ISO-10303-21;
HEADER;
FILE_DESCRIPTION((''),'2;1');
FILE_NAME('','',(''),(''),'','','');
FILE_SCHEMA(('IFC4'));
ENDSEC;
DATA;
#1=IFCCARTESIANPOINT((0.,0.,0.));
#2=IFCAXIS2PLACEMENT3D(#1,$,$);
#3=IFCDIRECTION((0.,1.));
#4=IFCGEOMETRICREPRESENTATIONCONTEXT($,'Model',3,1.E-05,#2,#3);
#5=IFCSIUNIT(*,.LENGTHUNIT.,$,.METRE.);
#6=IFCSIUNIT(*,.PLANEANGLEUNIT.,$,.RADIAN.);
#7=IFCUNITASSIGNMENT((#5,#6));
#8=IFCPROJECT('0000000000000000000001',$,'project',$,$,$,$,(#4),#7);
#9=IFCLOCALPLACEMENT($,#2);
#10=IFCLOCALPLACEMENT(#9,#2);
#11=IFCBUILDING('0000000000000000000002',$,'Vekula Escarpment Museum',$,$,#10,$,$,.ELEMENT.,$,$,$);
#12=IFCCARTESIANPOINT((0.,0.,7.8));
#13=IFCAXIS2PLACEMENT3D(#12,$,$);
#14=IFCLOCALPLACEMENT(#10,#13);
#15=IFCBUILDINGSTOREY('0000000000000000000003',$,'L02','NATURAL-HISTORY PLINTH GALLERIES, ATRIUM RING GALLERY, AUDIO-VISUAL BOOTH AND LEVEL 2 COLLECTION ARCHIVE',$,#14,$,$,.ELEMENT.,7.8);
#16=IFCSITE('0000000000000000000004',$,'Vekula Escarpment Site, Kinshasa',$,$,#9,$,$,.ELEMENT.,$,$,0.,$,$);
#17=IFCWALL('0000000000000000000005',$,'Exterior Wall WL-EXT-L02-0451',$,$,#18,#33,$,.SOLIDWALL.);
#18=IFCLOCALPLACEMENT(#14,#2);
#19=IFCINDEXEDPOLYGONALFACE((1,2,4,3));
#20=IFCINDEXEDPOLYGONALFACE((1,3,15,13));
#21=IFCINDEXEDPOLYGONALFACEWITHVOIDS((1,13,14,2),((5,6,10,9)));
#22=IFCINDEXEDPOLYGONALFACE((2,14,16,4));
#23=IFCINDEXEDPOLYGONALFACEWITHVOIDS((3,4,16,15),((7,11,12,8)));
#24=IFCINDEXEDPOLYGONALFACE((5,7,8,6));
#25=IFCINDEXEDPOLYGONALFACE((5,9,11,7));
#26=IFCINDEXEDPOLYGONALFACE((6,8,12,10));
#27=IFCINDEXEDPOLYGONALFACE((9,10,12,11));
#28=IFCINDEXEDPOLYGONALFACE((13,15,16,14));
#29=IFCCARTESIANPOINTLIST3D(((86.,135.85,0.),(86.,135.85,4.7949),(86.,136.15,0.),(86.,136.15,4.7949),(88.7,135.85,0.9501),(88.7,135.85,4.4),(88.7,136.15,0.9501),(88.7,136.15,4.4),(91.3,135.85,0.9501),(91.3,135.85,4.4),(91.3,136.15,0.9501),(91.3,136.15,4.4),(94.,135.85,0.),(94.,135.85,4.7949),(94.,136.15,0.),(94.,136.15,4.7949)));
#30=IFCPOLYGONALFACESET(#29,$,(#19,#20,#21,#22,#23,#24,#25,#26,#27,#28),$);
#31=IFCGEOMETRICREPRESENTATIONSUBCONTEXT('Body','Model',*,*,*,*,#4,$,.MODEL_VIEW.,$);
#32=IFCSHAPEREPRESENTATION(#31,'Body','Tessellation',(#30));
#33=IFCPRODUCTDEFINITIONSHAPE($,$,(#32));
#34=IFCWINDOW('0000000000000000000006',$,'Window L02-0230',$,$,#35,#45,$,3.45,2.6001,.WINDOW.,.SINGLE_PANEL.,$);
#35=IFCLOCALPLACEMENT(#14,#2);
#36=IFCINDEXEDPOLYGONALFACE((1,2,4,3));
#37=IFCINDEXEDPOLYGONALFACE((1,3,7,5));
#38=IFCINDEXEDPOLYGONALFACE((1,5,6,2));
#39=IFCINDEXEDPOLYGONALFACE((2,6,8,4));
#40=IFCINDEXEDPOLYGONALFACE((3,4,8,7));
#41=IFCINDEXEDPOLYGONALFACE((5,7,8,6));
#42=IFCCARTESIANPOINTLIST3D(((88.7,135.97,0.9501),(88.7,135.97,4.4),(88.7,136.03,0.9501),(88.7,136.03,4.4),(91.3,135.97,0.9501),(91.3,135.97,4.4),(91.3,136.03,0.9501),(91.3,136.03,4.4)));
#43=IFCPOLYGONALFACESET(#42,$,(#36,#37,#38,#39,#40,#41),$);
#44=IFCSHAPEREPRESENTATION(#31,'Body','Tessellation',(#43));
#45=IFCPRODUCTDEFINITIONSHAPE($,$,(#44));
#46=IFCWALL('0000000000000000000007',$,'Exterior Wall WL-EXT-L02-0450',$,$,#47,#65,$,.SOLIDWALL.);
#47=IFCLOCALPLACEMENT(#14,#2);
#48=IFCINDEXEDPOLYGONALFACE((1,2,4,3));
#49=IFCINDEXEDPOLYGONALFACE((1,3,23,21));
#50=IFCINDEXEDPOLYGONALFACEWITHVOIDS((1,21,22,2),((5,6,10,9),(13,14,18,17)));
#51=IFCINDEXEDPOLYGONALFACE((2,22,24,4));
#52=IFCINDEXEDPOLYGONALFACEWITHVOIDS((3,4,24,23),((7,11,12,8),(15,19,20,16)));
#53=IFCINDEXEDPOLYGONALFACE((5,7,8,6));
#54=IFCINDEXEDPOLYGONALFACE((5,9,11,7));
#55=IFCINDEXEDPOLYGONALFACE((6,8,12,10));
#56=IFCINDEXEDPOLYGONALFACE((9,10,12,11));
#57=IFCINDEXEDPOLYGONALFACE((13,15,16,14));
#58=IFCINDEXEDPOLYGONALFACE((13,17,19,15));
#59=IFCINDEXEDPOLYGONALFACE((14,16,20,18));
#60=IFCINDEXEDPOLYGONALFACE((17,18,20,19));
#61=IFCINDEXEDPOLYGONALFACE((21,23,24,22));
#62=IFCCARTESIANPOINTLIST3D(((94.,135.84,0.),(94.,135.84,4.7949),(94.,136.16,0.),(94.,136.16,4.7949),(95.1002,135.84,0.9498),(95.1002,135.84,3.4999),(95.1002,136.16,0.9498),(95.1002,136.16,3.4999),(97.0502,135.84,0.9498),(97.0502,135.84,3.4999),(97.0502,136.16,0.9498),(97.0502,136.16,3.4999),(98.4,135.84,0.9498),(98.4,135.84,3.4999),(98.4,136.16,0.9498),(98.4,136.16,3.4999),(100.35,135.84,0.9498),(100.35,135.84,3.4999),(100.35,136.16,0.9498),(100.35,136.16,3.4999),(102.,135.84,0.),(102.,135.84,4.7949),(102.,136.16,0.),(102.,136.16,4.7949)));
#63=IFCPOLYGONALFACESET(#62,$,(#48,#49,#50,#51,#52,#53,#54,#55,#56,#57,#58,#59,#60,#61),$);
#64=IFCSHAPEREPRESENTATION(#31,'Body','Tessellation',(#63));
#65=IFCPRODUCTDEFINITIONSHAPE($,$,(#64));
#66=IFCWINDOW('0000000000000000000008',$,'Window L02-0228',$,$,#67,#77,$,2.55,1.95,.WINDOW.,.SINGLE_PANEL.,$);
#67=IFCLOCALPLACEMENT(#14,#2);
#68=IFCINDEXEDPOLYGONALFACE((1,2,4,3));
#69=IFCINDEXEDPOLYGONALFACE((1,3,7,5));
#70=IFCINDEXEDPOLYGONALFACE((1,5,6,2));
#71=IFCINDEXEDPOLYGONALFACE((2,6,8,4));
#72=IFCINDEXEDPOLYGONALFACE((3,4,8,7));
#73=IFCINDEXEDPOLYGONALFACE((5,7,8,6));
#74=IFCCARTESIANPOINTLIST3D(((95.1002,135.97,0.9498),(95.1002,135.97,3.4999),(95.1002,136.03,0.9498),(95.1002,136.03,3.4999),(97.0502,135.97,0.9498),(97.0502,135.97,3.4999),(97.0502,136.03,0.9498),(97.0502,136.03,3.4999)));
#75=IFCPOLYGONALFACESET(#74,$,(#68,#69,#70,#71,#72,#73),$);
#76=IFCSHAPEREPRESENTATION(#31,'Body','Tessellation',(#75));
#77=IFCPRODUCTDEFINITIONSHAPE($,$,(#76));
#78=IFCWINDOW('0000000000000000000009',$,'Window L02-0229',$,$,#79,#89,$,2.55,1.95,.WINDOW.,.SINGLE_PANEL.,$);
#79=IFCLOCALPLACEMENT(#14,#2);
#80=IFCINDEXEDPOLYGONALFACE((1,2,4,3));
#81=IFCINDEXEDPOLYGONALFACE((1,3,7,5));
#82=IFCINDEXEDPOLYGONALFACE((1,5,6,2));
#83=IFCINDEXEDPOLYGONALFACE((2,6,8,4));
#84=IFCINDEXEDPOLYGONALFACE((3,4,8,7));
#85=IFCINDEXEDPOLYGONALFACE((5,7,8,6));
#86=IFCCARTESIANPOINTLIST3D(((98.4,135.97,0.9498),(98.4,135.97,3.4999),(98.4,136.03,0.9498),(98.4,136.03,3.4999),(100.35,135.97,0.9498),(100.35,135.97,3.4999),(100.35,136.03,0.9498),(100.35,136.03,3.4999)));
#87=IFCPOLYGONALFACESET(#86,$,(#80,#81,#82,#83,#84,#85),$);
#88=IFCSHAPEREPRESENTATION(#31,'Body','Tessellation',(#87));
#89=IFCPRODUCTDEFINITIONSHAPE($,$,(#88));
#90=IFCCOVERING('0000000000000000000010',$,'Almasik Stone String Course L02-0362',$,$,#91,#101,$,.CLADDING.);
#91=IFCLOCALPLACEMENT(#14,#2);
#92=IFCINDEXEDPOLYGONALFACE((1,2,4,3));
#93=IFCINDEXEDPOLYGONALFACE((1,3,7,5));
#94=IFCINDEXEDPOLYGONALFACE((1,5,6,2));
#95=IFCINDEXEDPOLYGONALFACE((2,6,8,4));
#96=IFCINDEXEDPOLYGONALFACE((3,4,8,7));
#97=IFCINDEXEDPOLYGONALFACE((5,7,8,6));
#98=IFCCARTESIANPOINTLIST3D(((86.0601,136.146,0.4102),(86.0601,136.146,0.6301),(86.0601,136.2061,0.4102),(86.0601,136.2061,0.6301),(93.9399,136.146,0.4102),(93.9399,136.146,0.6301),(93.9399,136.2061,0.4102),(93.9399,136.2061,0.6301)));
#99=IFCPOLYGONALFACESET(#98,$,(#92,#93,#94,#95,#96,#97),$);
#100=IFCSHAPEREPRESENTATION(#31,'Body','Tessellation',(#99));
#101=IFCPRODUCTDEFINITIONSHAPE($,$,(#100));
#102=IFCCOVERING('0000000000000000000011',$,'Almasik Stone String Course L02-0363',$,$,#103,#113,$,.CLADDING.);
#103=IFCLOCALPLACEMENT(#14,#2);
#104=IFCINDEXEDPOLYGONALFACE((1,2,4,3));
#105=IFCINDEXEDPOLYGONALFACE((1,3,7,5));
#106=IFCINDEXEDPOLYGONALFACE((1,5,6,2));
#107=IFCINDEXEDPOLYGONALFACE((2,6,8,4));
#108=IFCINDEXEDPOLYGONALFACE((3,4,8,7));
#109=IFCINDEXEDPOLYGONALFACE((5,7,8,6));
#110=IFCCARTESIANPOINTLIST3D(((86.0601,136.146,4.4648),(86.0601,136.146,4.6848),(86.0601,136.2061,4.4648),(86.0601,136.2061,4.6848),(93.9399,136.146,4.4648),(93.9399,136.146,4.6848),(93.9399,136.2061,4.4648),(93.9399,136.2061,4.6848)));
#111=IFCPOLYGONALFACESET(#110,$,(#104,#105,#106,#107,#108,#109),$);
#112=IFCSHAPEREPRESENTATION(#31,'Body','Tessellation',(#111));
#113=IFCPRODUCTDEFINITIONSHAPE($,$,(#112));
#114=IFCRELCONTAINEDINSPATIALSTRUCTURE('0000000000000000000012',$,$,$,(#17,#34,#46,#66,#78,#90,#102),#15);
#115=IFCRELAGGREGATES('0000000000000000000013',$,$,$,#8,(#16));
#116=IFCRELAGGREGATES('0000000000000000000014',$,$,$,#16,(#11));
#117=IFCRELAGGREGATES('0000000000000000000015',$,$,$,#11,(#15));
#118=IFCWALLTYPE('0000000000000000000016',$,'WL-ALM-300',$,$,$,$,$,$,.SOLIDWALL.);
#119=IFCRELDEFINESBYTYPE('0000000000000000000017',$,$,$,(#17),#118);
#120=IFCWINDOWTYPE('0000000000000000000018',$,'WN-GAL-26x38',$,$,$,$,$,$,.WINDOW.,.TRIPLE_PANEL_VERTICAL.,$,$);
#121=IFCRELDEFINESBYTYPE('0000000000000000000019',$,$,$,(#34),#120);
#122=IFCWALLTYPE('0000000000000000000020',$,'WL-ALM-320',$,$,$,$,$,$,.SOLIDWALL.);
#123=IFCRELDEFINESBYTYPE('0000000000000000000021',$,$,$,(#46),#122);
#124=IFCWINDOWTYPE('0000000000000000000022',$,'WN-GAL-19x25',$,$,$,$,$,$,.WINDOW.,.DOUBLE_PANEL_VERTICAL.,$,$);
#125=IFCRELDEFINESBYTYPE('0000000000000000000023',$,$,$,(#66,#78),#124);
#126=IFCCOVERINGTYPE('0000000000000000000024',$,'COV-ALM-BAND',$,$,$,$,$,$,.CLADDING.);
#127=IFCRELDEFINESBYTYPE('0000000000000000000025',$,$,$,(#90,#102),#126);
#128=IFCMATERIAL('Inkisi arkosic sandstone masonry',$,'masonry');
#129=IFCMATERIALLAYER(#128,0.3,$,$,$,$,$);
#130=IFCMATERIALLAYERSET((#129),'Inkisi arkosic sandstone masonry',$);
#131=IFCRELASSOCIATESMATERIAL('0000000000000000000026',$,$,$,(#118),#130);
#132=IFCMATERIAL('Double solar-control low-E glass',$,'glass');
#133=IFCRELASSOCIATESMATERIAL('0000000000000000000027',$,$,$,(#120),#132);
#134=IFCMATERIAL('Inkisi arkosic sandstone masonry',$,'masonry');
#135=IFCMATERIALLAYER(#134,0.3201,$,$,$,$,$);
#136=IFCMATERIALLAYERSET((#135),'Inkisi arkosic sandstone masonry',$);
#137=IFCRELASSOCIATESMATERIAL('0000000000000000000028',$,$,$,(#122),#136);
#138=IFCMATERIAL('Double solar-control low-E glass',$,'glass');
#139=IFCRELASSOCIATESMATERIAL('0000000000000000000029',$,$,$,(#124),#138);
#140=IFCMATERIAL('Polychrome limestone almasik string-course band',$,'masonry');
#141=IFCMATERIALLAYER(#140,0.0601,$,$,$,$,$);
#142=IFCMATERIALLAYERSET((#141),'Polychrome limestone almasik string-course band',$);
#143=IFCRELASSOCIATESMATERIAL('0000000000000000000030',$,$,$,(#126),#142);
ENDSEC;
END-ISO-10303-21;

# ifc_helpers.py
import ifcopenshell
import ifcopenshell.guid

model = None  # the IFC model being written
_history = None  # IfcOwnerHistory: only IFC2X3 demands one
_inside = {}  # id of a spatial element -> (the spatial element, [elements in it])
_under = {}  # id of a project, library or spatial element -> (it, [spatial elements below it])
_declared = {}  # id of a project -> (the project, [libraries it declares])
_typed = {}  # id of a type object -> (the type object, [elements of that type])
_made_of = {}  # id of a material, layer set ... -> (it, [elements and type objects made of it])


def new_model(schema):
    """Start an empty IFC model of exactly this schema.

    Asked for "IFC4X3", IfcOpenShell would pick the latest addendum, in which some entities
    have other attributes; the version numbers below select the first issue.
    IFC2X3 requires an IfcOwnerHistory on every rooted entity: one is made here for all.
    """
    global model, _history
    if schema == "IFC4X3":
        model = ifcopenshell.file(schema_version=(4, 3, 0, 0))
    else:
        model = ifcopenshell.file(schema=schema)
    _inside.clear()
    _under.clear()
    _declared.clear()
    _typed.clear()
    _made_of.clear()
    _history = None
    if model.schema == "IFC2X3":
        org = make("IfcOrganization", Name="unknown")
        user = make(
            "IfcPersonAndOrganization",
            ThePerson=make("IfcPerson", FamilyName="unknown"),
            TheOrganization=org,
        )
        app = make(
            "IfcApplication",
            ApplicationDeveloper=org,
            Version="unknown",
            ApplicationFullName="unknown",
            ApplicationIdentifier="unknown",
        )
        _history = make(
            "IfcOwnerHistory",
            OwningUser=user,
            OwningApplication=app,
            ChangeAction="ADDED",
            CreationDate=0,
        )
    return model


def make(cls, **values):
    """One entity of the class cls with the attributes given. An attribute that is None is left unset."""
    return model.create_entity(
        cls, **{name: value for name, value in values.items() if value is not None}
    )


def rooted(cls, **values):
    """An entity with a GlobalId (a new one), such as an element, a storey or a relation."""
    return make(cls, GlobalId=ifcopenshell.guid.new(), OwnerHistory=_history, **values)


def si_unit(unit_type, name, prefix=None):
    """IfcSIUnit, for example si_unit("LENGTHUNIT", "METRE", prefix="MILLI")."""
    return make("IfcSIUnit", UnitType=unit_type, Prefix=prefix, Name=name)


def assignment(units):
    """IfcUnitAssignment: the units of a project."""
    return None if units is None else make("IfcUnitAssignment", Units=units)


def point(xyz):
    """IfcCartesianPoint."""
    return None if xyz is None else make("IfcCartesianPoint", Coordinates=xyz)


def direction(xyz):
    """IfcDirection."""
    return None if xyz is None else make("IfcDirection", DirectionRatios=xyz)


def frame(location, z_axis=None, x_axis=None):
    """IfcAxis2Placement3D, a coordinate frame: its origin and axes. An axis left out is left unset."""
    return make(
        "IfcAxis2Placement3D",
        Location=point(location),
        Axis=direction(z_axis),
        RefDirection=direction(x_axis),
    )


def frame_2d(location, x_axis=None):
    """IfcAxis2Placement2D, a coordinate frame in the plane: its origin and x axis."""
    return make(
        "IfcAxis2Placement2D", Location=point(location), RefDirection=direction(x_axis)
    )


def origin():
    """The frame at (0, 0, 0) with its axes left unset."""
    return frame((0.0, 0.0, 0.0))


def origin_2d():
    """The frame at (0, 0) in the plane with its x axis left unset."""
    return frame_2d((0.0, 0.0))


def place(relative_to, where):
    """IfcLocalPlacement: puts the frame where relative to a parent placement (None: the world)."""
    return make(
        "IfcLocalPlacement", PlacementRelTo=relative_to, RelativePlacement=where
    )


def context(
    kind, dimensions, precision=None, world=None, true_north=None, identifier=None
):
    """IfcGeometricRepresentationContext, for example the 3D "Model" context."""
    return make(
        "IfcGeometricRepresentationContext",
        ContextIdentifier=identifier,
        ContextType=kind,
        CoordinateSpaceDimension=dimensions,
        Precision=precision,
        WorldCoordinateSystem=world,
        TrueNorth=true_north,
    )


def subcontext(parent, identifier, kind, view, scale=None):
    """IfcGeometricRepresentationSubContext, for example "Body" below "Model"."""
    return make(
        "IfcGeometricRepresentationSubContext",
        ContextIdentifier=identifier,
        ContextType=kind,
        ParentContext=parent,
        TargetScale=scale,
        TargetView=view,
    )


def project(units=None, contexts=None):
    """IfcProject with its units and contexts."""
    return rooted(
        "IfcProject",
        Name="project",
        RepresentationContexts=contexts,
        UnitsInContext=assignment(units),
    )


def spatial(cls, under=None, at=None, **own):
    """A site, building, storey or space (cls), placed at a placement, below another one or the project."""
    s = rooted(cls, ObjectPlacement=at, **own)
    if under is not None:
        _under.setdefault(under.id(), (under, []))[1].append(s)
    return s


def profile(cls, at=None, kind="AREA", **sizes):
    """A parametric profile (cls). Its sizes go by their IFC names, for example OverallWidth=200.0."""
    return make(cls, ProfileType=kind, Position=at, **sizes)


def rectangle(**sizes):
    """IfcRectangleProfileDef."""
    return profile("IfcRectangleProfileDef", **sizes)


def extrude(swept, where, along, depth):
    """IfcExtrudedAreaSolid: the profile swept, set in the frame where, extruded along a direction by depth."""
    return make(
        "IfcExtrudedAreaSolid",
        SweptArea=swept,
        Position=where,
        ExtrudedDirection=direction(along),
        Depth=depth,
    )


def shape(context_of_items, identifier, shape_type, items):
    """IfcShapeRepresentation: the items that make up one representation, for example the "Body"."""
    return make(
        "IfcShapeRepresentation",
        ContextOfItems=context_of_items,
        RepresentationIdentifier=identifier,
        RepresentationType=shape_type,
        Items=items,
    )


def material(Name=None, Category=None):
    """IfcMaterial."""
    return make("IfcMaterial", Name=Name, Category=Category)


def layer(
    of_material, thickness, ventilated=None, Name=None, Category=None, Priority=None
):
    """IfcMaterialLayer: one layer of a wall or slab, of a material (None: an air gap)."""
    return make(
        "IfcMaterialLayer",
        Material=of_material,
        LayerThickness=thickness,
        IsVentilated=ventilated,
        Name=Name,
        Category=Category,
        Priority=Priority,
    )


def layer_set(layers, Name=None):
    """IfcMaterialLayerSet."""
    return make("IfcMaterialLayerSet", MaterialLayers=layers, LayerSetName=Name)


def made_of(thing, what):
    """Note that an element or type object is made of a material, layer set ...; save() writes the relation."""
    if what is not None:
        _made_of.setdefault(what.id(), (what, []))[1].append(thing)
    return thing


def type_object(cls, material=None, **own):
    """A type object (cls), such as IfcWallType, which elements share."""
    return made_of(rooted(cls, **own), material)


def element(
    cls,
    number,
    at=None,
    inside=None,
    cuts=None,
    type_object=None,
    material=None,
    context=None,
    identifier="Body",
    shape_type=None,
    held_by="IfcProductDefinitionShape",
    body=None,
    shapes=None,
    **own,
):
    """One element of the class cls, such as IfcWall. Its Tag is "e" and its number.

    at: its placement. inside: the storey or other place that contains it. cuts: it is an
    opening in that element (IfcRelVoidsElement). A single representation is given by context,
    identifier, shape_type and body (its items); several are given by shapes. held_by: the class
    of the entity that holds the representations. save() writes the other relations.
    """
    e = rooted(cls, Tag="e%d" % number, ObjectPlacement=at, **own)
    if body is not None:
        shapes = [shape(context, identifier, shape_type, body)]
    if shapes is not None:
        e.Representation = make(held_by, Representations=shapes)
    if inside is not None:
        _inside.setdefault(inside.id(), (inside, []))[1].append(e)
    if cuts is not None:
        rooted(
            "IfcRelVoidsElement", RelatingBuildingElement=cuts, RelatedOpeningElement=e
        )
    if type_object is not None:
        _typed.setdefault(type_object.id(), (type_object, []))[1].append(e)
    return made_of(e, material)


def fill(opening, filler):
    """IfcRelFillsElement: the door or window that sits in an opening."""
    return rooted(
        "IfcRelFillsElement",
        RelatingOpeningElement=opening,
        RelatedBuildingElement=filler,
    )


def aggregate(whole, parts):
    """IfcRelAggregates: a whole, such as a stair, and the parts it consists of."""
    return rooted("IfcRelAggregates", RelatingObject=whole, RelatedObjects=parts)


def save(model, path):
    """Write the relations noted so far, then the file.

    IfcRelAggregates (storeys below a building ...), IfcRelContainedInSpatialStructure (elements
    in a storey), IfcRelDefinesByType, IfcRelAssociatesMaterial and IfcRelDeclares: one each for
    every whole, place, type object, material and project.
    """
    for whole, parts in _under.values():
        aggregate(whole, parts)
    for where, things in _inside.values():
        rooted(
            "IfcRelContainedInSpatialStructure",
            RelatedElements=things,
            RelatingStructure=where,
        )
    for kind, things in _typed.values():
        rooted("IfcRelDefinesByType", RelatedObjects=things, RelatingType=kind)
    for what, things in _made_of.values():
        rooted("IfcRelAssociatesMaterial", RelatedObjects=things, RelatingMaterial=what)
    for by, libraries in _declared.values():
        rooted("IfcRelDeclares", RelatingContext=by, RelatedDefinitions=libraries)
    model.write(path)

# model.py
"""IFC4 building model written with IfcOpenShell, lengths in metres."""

from ifc_helpers import new_model, si_unit, direction, frame, frame_2d, origin, origin_2d, place, context, subcontext, project, spatial, rectangle, extrude, material, layer, layer_set, type_object, element, fill, save


model = new_model("IFC4")

# Units and contexts
model_context = context("Model", 3, precision=1e-05, world=origin(), true_north=direction((0.0, 1.0)))
body_context = subcontext(model_context, "Body", "Model", "MODEL_VIEW")
ifc_project = project(units=[si_unit("LENGTHUNIT", "METRE"), si_unit("PLANEANGLEUNIT", "RADIAN")], contexts=[model_context])

# Site, building, storey
site_placement = place(None, origin())
site = spatial("IfcSite", under=ifc_project, at=site_placement, Name="Vekula Escarpment Site, Kinshasa", CompositionType="ELEMENT", RefElevation=0.0)
building_placement = place(site_placement, origin())
building = spatial("IfcBuilding", under=site, at=building_placement, Name="Vekula Escarpment Museum", CompositionType="ELEMENT")
storey_placement = place(building_placement, frame((0.0, 0.0, 7.8)))
storey = spatial("IfcBuildingStorey", under=building, at=storey_placement, Name="L02", Description="NATURAL-HISTORY PLINTH GALLERIES, ATRIUM RING GALLERY, AUDIO-VISUAL BOOTH AND LEVEL 2 COLLECTION ARCHIVE", CompositionType="ELEMENT", Elevation=7.8)

# Wall, opening, window
ifc_material_1 = material(Name="Inkisi arkosic sandstone masonry", Category="masonry")
ifc_layer_1 = layer(ifc_material_1, 0.3)
ifc_layer_set_1 = layer_set([ifc_layer_1], Name="Inkisi arkosic sandstone masonry")
wall_type_1 = type_object("IfcWallType", Name="WL-ALM-300", PredefinedType="SOLIDWALL", material=ifc_layer_set_1)
wall_1_placement = place(storey_placement, frame((86.0, 136.0, 0.0), z_axis=(0.0, 0.0, 1.0), x_axis=(1.0, 0.0, 0.0)))
wall_1 = element("IfcWall", 1, at=wall_1_placement, inside=storey, type_object=wall_type_1, Name="Exterior Wall WL-EXT-L02-0451", PredefinedType="SOLIDWALL", context=body_context, shape_type="SweptSolid", body=[
    extrude(rectangle(XDim=8.0, YDim=0.3, at=frame_2d((4.0, 0.0))), origin(), (0.0, 0.0, 1.0), 4.7949),
])
opening_1_placement = place(wall_1_placement, frame((2.7, 0.0, 0.95)))
opening_1 = element("IfcOpeningElement", 2, at=opening_1_placement, cuts=wall_1, PredefinedType="OPENING", context=body_context, shape_type="SweptSolid", body=[
    extrude(rectangle(XDim=2.6001, YDim=3.45, at=frame_2d((1.3, 1.7251))), frame((0.0, 0.1599, 0.0), z_axis=(0.0, -1.0, 0.0), x_axis=(1.0, 0.0, 0.0)), (0.0, 0.0, 1.0), 0.3201),
])
ifc_material_2 = material(Name="Double solar-control low-E glass", Category="glass")
window_type_1 = type_object("IfcWindowType", Name="WN-GAL-26x38", PartitioningType="TRIPLE_PANEL_VERTICAL", PredefinedType="WINDOW", material=ifc_material_2)
window_1_placement = place(opening_1_placement, origin())
window_1 = element("IfcWindow", 3, at=window_1_placement, inside=storey, type_object=window_type_1, Name="Window L02-0230", OverallHeight=3.45, OverallWidth=2.6001, PartitioningType="SINGLE_PANEL", PredefinedType="WINDOW", context=body_context, shape_type="SweptSolid", body=[
    extrude(rectangle(XDim=2.6001, YDim=3.45, at=frame_2d((1.3, 1.7251))), frame((0.0, 0.03, 0.0), z_axis=(0.0, -1.0, 0.0), x_axis=(1.0, 0.0, 0.0)), (0.0, 0.0, 1.0), 0.0601),
])
fill(opening_1, window_1)

# Wall, openings, windows
ifc_material_3 = material(Name="Inkisi arkosic sandstone masonry", Category="masonry")
ifc_layer_2 = layer(ifc_material_3, 0.3201)
ifc_layer_set_2 = layer_set([ifc_layer_2], Name="Inkisi arkosic sandstone masonry")
wall_type_2 = type_object("IfcWallType", Name="WL-ALM-320", PredefinedType="SOLIDWALL", material=ifc_layer_set_2)
wall_2_placement = place(storey_placement, frame((94.0, 136.0, 0.0), z_axis=(0.0, 0.0, 1.0), x_axis=(1.0, 0.0, 0.0)))
wall_2 = element("IfcWall", 4, at=wall_2_placement, inside=storey, type_object=wall_type_2, Name="Exterior Wall WL-EXT-L02-0450", PredefinedType="SOLIDWALL", context=body_context, shape_type="SweptSolid", body=[
    extrude(rectangle(XDim=8.0, YDim=0.3201, at=frame_2d((4.0, 0.0))), origin(), (0.0, 0.0, 1.0), 4.7949),
])
opening_2_placement = place(wall_2_placement, frame((1.1001, 0.0, 0.95)))
opening_2 = element("IfcOpeningElement", 5, at=opening_2_placement, cuts=wall_2, PredefinedType="OPENING", context=body_context, shape_type="SweptSolid", body=[
    extrude(rectangle(XDim=1.95, YDim=2.55, at=frame_2d((0.9751, 1.2749))), frame((0.0, 0.1699, 0.0), z_axis=(0.0, -1.0, 0.0), x_axis=(1.0, 0.0, 0.0)), (0.0, 0.0, 1.0), 0.3401),
])
opening_3_placement = place(wall_2_placement, frame((4.3999, 0.0, 0.95)))
opening_3 = element("IfcOpeningElement", 6, at=opening_3_placement, cuts=wall_2, PredefinedType="OPENING", context=body_context, shape_type="SweptSolid", body=[
    extrude(rectangle(XDim=1.95, YDim=2.55, at=frame_2d((0.9751, 1.2749))), frame((0.0, 0.1699, 0.0), z_axis=(0.0, -1.0, 0.0), x_axis=(1.0, 0.0, 0.0)), (0.0, 0.0, 1.0), 0.3401),
])
ifc_material_4 = material(Name="Double solar-control low-E glass", Category="glass")
window_type_2 = type_object("IfcWindowType", Name="WN-GAL-19x25", PartitioningType="DOUBLE_PANEL_VERTICAL", PredefinedType="WINDOW", material=ifc_material_4)
window_2_placement = place(opening_2_placement, origin())
window_2 = element("IfcWindow", 7, at=window_2_placement, inside=storey, type_object=window_type_2, Name="Window L02-0228", OverallHeight=2.55, OverallWidth=1.95, PartitioningType="SINGLE_PANEL", PredefinedType="WINDOW", context=body_context, shape_type="SweptSolid", body=[
    extrude(rectangle(XDim=1.95, YDim=2.55, at=frame_2d((0.9751, 1.2749))), frame((0.0, 0.03, 0.0), z_axis=(0.0, -1.0, 0.0), x_axis=(1.0, 0.0, 0.0)), (0.0, 0.0, 1.0), 0.0601),
])
fill(opening_2, window_2)
window_3_placement = place(opening_3_placement, origin())
window_3 = element("IfcWindow", 8, at=window_3_placement, inside=storey, type_object=window_type_2, Name="Window L02-0229", OverallHeight=2.55, OverallWidth=1.95, PartitioningType="SINGLE_PANEL", PredefinedType="WINDOW", context=body_context, shape_type="SweptSolid", body=[
    extrude(rectangle(XDim=1.95, YDim=2.55, at=frame_2d((0.9751, 1.2749))), frame((0.0, 0.03, 0.0), z_axis=(0.0, -1.0, 0.0), x_axis=(1.0, 0.0, 0.0)), (0.0, 0.0, 1.0), 0.0601),
])
fill(opening_3, window_3)

# Coverings
ifc_material_5 = material(Name="Polychrome limestone almasik string-course band", Category="masonry")
ifc_layer_3 = layer(ifc_material_5, 0.0601)
ifc_layer_set_3 = layer_set([ifc_layer_3], Name="Polychrome limestone almasik string-course band")
covering_type = type_object("IfcCoveringType", Name="COV-ALM-BAND", PredefinedType="CLADDING", material=ifc_layer_set_3)
for number, where, z_axis, x_axis, name in (
    (9, (90.0, 136.176, 0.4102), (0.0, 0.0, 1.0), (1.0, 0.0, 0.0), "Almasik Stone String Course L02-0362"),
    (10, (90.0, 136.176, 4.4648), (0.0, 0.0, 1.0), (1.0, 0.0, 0.0), "Almasik Stone String Course L02-0363"),
):
    element("IfcCovering", number, at=place(storey_placement, frame(where, z_axis=z_axis, x_axis=x_axis)), inside=storey, type_object=covering_type, Name=name, PredefinedType="CLADDING", context=body_context, shape_type="SweptSolid", body=[
        extrude(rectangle(XDim=7.8799, YDim=0.0601, at=origin_2d()), origin(), (0.0, 0.0, 1.0), 0.22),
    ])

save(model, "model.ifc")
